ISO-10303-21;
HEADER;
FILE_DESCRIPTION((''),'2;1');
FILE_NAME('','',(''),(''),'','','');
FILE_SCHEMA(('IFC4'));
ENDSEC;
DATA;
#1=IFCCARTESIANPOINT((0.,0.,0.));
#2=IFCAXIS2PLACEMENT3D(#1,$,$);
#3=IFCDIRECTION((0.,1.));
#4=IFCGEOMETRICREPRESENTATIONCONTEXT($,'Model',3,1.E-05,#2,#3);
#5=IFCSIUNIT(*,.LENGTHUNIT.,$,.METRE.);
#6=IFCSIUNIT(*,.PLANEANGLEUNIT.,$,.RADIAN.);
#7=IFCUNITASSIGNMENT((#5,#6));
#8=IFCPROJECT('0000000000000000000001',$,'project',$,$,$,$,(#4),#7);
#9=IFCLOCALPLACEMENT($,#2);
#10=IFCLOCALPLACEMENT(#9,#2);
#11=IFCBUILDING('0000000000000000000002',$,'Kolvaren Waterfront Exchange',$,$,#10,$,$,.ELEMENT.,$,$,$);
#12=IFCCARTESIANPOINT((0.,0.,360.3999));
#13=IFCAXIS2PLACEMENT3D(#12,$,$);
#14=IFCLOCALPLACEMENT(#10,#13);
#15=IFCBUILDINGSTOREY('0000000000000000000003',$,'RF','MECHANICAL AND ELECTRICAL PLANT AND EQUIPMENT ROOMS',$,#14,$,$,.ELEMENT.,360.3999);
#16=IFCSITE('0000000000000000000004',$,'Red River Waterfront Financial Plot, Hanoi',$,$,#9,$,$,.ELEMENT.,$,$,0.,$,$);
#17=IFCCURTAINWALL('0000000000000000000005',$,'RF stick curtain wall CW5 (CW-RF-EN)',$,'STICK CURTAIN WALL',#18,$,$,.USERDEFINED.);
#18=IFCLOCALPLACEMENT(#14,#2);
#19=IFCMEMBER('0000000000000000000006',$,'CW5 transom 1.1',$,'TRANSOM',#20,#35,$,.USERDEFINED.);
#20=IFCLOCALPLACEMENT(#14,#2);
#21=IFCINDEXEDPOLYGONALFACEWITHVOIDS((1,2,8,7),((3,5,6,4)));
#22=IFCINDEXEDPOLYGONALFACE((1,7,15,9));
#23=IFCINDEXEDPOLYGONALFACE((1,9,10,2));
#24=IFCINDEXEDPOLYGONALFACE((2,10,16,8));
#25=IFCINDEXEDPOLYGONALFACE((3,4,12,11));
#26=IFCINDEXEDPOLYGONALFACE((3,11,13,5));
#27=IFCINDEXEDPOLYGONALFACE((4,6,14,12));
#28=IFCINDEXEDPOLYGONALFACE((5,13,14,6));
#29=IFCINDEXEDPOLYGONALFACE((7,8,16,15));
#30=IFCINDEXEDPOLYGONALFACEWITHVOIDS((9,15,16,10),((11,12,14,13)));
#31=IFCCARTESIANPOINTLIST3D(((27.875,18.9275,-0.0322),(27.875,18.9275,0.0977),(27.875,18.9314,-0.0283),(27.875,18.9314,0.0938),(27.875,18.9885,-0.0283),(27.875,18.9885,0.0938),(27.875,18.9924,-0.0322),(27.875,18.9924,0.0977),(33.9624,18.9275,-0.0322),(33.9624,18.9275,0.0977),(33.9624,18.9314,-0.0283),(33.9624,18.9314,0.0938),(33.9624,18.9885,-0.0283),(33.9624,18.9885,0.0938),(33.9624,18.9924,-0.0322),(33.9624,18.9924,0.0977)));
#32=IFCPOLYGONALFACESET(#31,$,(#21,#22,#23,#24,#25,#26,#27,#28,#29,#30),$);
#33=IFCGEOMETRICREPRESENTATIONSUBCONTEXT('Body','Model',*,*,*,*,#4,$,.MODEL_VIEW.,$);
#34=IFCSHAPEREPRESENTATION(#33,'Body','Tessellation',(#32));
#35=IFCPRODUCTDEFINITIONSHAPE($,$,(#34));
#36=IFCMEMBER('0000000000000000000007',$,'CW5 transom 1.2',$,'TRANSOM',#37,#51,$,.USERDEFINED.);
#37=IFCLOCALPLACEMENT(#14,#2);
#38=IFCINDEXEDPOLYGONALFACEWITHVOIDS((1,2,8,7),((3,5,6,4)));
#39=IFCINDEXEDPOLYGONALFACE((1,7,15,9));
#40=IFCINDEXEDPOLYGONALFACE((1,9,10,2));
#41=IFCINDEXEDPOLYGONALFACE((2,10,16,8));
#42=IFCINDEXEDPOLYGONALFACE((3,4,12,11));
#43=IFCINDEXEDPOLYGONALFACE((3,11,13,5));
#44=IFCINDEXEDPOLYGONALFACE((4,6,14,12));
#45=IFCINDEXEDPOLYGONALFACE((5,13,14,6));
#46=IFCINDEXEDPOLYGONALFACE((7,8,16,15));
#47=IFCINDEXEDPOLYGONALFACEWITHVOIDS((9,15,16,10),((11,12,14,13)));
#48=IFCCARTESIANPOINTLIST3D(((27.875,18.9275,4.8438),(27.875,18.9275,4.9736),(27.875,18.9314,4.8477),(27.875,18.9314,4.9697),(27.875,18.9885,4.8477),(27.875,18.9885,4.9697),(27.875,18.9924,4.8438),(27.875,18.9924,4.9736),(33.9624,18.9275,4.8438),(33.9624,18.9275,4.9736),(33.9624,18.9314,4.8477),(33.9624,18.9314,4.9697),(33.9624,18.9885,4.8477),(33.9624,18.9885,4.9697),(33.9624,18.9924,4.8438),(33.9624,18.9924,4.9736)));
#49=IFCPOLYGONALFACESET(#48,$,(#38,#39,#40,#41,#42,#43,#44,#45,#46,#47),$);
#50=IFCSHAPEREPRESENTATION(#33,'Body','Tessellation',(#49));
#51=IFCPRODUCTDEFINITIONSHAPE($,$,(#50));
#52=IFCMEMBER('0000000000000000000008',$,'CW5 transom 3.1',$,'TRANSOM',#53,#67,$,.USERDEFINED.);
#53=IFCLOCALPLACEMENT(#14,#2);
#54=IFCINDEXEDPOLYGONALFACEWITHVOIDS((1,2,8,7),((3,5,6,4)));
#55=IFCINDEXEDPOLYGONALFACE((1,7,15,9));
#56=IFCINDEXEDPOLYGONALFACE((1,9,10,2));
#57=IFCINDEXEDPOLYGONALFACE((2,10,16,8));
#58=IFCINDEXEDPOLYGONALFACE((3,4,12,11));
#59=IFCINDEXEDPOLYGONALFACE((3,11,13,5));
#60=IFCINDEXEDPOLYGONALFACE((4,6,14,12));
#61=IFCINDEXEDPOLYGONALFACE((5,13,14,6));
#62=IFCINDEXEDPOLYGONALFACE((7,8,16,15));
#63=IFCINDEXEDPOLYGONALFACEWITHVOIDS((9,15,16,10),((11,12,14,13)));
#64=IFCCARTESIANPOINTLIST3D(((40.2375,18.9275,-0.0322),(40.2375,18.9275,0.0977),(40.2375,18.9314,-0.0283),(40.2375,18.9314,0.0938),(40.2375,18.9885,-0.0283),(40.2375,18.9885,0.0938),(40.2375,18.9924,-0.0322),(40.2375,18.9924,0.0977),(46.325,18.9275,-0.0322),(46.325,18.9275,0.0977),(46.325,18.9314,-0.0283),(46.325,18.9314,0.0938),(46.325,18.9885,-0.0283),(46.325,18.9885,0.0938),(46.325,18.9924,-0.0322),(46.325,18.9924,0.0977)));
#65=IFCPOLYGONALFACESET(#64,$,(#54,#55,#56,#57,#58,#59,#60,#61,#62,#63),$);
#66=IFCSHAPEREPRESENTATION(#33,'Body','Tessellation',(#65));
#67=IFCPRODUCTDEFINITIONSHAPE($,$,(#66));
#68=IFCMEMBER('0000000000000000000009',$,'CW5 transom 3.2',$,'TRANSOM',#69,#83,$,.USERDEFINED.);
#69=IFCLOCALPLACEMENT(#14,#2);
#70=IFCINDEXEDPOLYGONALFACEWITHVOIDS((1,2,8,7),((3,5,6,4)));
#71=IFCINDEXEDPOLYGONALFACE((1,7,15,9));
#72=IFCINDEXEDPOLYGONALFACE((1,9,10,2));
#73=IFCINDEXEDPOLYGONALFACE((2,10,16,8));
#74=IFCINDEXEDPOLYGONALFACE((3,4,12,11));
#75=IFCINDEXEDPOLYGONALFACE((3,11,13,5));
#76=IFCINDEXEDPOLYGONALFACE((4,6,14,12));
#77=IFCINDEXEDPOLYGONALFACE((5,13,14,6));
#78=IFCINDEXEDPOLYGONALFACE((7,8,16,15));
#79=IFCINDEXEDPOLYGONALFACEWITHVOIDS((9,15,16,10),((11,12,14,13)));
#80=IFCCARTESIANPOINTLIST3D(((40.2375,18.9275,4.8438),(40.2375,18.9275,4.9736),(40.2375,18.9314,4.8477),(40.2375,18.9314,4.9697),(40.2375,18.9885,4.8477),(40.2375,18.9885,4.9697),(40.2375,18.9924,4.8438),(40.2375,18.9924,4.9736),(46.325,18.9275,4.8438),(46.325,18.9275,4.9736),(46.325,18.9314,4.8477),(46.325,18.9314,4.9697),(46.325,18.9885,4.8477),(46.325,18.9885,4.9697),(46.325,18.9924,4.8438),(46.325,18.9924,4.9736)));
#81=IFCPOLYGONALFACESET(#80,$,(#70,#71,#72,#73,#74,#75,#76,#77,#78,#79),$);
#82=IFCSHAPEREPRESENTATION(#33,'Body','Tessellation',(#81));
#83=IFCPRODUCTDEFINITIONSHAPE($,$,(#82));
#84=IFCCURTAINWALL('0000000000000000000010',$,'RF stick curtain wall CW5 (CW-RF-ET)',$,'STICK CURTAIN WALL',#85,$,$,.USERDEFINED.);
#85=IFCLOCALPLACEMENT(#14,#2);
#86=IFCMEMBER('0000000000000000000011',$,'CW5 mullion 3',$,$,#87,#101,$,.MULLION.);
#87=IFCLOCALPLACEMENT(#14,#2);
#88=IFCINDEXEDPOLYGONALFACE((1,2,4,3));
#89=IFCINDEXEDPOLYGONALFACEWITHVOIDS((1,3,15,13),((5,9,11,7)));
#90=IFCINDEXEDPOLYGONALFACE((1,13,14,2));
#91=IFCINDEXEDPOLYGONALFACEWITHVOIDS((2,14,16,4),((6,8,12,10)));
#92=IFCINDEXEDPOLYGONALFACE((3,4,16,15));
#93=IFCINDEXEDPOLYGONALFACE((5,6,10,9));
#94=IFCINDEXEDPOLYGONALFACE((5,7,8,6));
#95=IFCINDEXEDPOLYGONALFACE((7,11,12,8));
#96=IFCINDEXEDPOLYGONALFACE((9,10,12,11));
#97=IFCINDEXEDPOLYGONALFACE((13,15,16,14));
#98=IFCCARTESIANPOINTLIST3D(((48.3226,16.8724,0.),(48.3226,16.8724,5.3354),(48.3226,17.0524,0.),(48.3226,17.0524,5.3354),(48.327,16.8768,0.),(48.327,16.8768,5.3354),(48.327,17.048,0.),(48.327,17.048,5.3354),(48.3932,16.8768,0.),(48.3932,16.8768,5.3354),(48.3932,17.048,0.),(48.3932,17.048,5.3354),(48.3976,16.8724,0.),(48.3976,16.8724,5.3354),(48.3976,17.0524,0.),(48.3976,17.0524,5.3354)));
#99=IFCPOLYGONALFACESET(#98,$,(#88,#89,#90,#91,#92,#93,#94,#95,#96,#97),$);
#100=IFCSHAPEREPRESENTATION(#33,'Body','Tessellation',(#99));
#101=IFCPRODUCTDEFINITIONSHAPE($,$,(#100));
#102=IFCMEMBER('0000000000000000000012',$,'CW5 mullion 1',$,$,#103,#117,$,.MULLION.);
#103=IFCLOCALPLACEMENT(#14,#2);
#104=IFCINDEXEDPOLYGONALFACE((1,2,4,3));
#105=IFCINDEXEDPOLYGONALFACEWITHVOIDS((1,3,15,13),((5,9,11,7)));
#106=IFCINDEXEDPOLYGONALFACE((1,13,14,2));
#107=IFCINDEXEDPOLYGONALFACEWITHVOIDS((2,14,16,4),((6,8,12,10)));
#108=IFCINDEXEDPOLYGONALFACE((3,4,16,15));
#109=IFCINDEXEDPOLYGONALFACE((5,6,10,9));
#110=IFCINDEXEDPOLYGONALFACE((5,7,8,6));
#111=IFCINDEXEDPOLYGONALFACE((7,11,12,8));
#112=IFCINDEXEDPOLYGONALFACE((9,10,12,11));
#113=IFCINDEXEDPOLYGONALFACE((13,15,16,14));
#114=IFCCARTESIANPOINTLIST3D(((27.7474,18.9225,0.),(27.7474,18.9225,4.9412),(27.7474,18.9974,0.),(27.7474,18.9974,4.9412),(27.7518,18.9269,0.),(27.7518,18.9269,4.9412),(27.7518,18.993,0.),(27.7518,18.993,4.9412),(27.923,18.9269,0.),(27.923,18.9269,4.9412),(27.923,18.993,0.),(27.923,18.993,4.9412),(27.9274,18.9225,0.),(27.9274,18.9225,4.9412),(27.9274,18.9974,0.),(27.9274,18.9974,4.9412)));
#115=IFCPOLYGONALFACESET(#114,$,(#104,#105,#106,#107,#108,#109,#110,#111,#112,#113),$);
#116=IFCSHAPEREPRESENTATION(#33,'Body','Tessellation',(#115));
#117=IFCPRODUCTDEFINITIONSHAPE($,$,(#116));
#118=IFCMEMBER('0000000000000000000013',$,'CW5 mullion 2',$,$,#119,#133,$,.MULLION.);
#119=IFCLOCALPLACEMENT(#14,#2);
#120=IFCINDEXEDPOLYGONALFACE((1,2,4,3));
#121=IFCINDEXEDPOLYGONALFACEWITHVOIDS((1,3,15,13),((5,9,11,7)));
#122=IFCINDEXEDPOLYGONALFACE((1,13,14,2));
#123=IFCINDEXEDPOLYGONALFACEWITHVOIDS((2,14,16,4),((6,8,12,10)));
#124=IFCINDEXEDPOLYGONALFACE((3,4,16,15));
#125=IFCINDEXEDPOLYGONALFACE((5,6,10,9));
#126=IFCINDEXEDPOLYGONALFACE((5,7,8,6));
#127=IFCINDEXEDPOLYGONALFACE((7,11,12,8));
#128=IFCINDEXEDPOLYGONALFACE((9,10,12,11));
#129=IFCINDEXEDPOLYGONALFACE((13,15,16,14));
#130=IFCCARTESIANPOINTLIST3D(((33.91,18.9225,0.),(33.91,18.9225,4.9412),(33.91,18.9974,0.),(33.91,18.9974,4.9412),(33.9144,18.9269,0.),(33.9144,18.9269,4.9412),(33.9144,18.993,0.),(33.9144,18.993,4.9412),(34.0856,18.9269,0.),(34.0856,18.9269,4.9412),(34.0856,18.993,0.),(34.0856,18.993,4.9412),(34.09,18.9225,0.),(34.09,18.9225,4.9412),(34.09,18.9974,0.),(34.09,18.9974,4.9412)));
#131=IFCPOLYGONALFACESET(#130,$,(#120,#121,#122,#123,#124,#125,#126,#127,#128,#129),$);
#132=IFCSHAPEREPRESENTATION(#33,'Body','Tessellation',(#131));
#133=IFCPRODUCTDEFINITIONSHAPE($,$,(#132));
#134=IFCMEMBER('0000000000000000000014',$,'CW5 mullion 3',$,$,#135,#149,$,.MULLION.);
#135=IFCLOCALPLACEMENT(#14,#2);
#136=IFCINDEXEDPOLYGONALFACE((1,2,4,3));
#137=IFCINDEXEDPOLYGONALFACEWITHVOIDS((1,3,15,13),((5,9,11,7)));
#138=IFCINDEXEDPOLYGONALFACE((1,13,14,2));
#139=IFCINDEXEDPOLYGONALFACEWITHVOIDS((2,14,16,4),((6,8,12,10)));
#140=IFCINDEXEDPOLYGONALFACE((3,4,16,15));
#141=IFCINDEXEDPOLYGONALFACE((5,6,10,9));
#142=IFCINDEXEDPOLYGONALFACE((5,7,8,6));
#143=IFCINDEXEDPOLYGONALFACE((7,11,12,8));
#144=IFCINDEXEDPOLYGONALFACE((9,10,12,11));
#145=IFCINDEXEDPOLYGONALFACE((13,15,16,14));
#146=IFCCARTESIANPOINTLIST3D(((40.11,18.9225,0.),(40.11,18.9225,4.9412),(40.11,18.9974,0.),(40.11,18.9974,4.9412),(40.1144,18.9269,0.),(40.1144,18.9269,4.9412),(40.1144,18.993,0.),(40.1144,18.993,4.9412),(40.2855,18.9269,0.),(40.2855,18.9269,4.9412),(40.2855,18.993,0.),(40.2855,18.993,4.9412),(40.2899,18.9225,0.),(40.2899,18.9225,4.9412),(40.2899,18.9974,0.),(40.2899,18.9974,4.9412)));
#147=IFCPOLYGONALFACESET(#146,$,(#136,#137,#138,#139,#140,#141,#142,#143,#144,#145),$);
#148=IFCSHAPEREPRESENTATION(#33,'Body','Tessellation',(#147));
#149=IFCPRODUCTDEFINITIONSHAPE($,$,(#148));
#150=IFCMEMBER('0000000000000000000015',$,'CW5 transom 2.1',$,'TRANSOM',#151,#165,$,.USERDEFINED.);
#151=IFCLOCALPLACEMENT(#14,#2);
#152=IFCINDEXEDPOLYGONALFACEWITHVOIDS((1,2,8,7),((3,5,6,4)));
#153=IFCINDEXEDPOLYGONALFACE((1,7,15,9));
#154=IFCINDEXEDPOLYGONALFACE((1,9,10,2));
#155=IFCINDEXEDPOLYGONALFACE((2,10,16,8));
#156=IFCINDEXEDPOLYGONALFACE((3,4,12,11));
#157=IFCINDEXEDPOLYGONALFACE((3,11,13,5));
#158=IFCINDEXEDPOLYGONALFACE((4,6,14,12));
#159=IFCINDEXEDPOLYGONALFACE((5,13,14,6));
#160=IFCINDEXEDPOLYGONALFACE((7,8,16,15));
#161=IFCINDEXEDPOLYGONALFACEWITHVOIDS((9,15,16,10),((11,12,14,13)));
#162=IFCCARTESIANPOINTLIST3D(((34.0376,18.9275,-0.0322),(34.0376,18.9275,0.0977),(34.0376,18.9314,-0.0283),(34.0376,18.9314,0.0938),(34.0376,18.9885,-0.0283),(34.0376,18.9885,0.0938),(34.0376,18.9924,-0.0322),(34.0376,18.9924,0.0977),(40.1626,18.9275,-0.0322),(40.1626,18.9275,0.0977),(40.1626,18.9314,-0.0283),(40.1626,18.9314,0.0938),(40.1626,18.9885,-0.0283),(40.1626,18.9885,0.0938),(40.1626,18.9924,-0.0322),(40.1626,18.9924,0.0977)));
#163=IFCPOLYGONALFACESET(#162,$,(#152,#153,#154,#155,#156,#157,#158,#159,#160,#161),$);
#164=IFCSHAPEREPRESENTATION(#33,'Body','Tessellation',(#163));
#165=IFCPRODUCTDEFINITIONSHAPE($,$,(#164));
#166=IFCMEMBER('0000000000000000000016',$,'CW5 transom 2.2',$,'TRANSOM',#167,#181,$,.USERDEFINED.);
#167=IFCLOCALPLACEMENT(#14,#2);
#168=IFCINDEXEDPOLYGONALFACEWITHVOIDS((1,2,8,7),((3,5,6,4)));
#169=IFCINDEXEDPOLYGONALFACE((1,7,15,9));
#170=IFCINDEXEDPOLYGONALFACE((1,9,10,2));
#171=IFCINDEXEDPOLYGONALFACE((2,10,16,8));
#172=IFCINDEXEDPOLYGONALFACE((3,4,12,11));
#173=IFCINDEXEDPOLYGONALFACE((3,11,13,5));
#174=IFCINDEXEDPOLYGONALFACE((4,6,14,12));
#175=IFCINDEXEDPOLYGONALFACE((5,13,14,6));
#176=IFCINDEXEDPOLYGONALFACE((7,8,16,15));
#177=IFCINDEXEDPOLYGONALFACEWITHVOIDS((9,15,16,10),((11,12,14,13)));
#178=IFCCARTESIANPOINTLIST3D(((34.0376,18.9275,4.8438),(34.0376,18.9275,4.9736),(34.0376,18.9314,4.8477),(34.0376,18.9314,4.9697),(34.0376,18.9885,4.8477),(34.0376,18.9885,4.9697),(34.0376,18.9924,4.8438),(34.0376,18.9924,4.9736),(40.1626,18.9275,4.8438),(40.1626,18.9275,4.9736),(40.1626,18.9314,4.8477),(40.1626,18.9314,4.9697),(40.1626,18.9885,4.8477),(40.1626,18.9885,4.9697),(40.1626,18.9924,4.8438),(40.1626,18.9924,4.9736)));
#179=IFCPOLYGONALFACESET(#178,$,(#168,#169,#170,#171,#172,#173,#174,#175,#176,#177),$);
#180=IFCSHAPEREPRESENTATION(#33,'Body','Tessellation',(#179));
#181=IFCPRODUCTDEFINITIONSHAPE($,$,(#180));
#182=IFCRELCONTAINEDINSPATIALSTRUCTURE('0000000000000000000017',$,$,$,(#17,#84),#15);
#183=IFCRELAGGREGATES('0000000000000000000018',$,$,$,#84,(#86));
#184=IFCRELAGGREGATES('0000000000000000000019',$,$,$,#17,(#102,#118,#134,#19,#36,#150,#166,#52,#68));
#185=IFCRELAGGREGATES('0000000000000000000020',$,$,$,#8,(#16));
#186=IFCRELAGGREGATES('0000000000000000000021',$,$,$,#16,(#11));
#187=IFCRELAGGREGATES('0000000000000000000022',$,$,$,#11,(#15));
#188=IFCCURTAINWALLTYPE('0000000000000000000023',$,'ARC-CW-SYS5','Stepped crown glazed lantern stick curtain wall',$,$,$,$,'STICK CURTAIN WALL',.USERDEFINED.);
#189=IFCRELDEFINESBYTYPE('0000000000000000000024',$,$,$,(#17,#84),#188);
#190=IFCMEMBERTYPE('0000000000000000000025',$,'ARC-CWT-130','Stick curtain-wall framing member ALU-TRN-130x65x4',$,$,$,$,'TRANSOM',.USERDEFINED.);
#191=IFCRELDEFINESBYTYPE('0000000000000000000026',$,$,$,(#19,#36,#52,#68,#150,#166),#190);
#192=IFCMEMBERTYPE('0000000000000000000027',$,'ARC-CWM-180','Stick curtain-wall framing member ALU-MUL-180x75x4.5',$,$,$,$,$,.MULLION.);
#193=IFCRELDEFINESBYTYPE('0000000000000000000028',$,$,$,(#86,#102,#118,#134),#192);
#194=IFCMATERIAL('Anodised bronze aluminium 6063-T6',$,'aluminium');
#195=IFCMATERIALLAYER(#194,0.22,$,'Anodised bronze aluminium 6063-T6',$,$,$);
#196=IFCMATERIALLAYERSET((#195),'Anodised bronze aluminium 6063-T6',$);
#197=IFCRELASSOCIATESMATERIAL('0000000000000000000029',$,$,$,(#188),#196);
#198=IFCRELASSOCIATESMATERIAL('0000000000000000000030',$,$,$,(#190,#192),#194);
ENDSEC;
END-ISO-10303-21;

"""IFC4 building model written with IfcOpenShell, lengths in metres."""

from ifc_helpers import new_model, si_unit, direction, frame, origin, origin_with_axes, origin_2d, place, context, subcontext, project, spatial, hollow_rectangle, extrude, source, transform, mapped, material, layer, layer_set, material_profile, profile_set, type_object, element, aggregate, save


model = new_model("IFC4")

# Units and contexts
model_context = context("Model", 3, precision=1e-05, world=origin(), true_north=direction((0.0, 1.0)))
body_context = subcontext(model_context, "Body", "Model", "MODEL_VIEW")
ifc_project = project(units=[si_unit("LENGTHUNIT", "METRE"), si_unit("PLANEANGLEUNIT", "RADIAN")], contexts=[model_context])

# Site, building, storey
site_placement = place(None, origin())
site = spatial("IfcSite", under=ifc_project, at=site_placement, Name="Red River Waterfront Financial Plot, Hanoi", CompositionType="ELEMENT", RefElevation=0.0)
building_placement = place(site_placement, origin())
building = spatial("IfcBuilding", under=site, at=building_placement, Name="Kolvaren Waterfront Exchange", CompositionType="ELEMENT")
storey_placement = place(building_placement, frame((0.0, 0.0, 360.3999)))
storey = spatial("IfcBuildingStorey", under=building, at=storey_placement, Name="RF", Description="MECHANICAL AND ELECTRICAL PLANT AND EQUIPMENT ROOMS", CompositionType="ELEMENT", Elevation=360.3999)

# Curtain wall, members
ifc_material_1 = material(Name="Anodised bronze aluminium 6063-T6", Category="aluminium")
ifc_layer_1 = layer(ifc_material_1, 0.22, Name="Anodised bronze aluminium 6063-T6")
ifc_layer_set_1 = layer_set([ifc_layer_1], Name="Anodised bronze aluminium 6063-T6")
curtain_wall_type = type_object("IfcCurtainWallType", Name="ARC-CW-SYS5", Description="Stepped crown glazed lantern stick curtain wall", ElementType="STICK CURTAIN WALL", PredefinedType="USERDEFINED", material=ifc_layer_set_1)
curtain_wall_1_placement = place(storey_placement, origin())
curtain_wall_1 = element("IfcCurtainWall", 1, at=curtain_wall_1_placement, inside=storey, type_object=curtain_wall_type, Name="RF stick curtain wall CW5 (CW-RF-EN)", ObjectType="STICK CURTAIN WALL", PredefinedType="USERDEFINED")
ifc_material_profile_1 = material_profile(ifc_material_1, hollow_rectangle(XDim=0.0649, YDim=0.1299, WallThickness=0.0039, at=origin_2d()), Name="ALU-TRN-130x65x4")
ifc_profile_set_1 = profile_set([ifc_material_profile_1], Name="Anodised bronze aluminium 6063-T6")
member_type_1 = type_object("IfcMemberType", Name="ARC-CWT-130", Description="Stick curtain-wall framing member ALU-TRN-130x65x4", ElementType="TRANSOM", PredefinedType="USERDEFINED", material=ifc_profile_set_1)
shared_shape_1 = source(origin_with_axes(), body_context, "Body", "SweptSolid", [
    extrude(hollow_rectangle(XDim=0.0649, YDim=0.1299, WallThickness=0.0039, at=origin_2d()), origin(), (0.0, 0.0, 1.0), 6.0874),
])
member_1_placement = place(storey_placement, frame((27.875, 18.96, 0.0327), z_axis=(1.0, 0.0, 0.0), x_axis=(0.0, 1.0, 0.0)))
member_1 = element("IfcMember", 2, at=member_1_placement, type_object=member_type_1, Name="CW5 transom 1.1", ObjectType="TRANSOM", PredefinedType="USERDEFINED", context=body_context, shape_type="MappedRepresentation", body=[
    mapped(shared_shape_1, transform((0.0, 0.0, 0.0), x_axis=(1.0, 0.0, 0.0), y_axis=(0.0, 1.0, 0.0), z_axis=(0.0, 0.0, 1.0), scale=1.0)),
])
member_2_placement = place(storey_placement, frame((27.875, 18.96, 4.9087), z_axis=(1.0, 0.0, 0.0), x_axis=(0.0, 1.0, 0.0)))
member_2 = element("IfcMember", 3, at=member_2_placement, type_object=member_type_1, Name="CW5 transom 1.2", ObjectType="TRANSOM", PredefinedType="USERDEFINED", context=body_context, shape_type="MappedRepresentation", body=[
    mapped(shared_shape_1, transform((0.0, 0.0, 0.0), x_axis=(1.0, 0.0, 0.0), y_axis=(0.0, 1.0, 0.0), z_axis=(0.0, 0.0, 1.0), scale=1.0)),
])
member_3_placement = place(storey_placement, frame((40.2375, 18.96, 0.0327), z_axis=(1.0, 0.0, 0.0), x_axis=(0.0, 1.0, 0.0)))
member_3 = element("IfcMember", 4, at=member_3_placement, type_object=member_type_1, Name="CW5 transom 3.1", ObjectType="TRANSOM", PredefinedType="USERDEFINED", context=body_context, shape_type="MappedRepresentation", body=[
    mapped(shared_shape_1, transform((0.0, 0.0, 0.0), x_axis=(1.0, 0.0, 0.0), y_axis=(0.0, 1.0, 0.0), z_axis=(0.0, 0.0, 1.0), scale=1.0)),
])
member_4_placement = place(storey_placement, frame((40.2375, 18.96, 4.9087), z_axis=(1.0, 0.0, 0.0), x_axis=(0.0, 1.0, 0.0)))
member_4 = element("IfcMember", 5, at=member_4_placement, type_object=member_type_1, Name="CW5 transom 3.2", ObjectType="TRANSOM", PredefinedType="USERDEFINED", context=body_context, shape_type="MappedRepresentation", body=[
    mapped(shared_shape_1, transform((0.0, 0.0, 0.0), x_axis=(1.0, 0.0, 0.0), y_axis=(0.0, 1.0, 0.0), z_axis=(0.0, 0.0, 1.0), scale=1.0)),
])

# Curtain wall, member
curtain_wall_2_placement = place(storey_placement, origin())
curtain_wall_2 = element("IfcCurtainWall", 6, at=curtain_wall_2_placement, inside=storey, type_object=curtain_wall_type, Name="RF stick curtain wall CW5 (CW-RF-ET)", ObjectType="STICK CURTAIN WALL", PredefinedType="USERDEFINED")
ifc_material_profile_2 = material_profile(ifc_material_1, hollow_rectangle(XDim=0.075, YDim=0.1799, WallThickness=0.0044, at=origin_2d()), Name="ALU-MUL-180x75x4.5")
ifc_profile_set_2 = profile_set([ifc_material_profile_2], Name="Anodised bronze aluminium 6063-T6")
member_type_2 = type_object("IfcMemberType", Name="ARC-CWM-180", Description="Stick curtain-wall framing member ALU-MUL-180x75x4.5", PredefinedType="MULLION", material=ifc_profile_set_2)
shared_shape_2 = source(origin_with_axes(), body_context, "Body", "SweptSolid", [
    extrude(hollow_rectangle(XDim=0.075, YDim=0.1799, WallThickness=0.0044, at=origin_2d()), origin(), (0.0, 0.0, 1.0), 5.3354),
])
member_5_placement = place(storey_placement, frame((48.3601, 16.9624, 0.0), z_axis=(0.0, 0.0, 1.0), x_axis=(-1.0, 0.0, 0.0)))
member_5 = element("IfcMember", 7, at=member_5_placement, type_object=member_type_2, Name="CW5 mullion 3", PredefinedType="MULLION", context=body_context, shape_type="MappedRepresentation", body=[
    mapped(shared_shape_2, transform((0.0, 0.0, 0.0), x_axis=(1.0, 0.0, 0.0), y_axis=(0.0, 1.0, 0.0), z_axis=(0.0, 0.0, 1.0), scale=1.0)),
])
aggregate(curtain_wall_2, [member_5])

# Members
shared_shape_3 = source(origin_with_axes(), body_context, "Body", "SweptSolid", [
    extrude(hollow_rectangle(XDim=0.075, YDim=0.1799, WallThickness=0.0044, at=origin_2d()), origin(), (0.0, 0.0, 1.0), 4.9412),
])
member_6_placement = place(storey_placement, frame((27.8374, 18.96, 0.0), z_axis=(0.0, 0.0, 1.0), x_axis=(0.0, 1.0, 0.0)))
member_6 = element("IfcMember", 8, at=member_6_placement, type_object=member_type_2, Name="CW5 mullion 1", PredefinedType="MULLION", context=body_context, shape_type="MappedRepresentation", body=[
    mapped(shared_shape_3, transform((0.0, 0.0, 0.0), x_axis=(1.0, 0.0, 0.0), y_axis=(0.0, 1.0, 0.0), z_axis=(0.0, 0.0, 1.0), scale=1.0)),
])
member_7_placement = place(storey_placement, frame((34.0, 18.96, 0.0), z_axis=(0.0, 0.0, 1.0), x_axis=(0.0, 1.0, 0.0)))
member_7 = element("IfcMember", 9, at=member_7_placement, type_object=member_type_2, Name="CW5 mullion 2", PredefinedType="MULLION", context=body_context, shape_type="MappedRepresentation", body=[
    mapped(shared_shape_3, transform((0.0, 0.0, 0.0), x_axis=(1.0, 0.0, 0.0), y_axis=(0.0, 1.0, 0.0), z_axis=(0.0, 0.0, 1.0), scale=1.0)),
])
member_8_placement = place(storey_placement, frame((40.2, 18.96, 0.0), z_axis=(0.0, 0.0, 1.0), x_axis=(0.0, 1.0, 0.0)))
member_8 = element("IfcMember", 10, at=member_8_placement, type_object=member_type_2, Name="CW5 mullion 3", PredefinedType="MULLION", context=body_context, shape_type="MappedRepresentation", body=[
    mapped(shared_shape_3, transform((0.0, 0.0, 0.0), x_axis=(1.0, 0.0, 0.0), y_axis=(0.0, 1.0, 0.0), z_axis=(0.0, 0.0, 1.0), scale=1.0)),
])
shared_shape_4 = source(origin_with_axes(), body_context, "Body", "SweptSolid", [
    extrude(hollow_rectangle(XDim=0.0649, YDim=0.1299, WallThickness=0.0039, at=origin_2d()), origin(), (0.0, 0.0, 1.0), 6.125),
])
member_9_placement = place(storey_placement, frame((34.0376, 18.96, 0.0327), z_axis=(1.0, 0.0, 0.0), x_axis=(0.0, 1.0, 0.0)))
member_9 = element("IfcMember", 11, at=member_9_placement, type_object=member_type_1, Name="CW5 transom 2.1", ObjectType="TRANSOM", PredefinedType="USERDEFINED", context=body_context, shape_type="MappedRepresentation", body=[
    mapped(shared_shape_4, transform((0.0, 0.0, 0.0), x_axis=(1.0, 0.0, 0.0), y_axis=(0.0, 1.0, 0.0), z_axis=(0.0, 0.0, 1.0), scale=1.0)),
])
member_10_placement = place(storey_placement, frame((34.0376, 18.96, 4.9087), z_axis=(1.0, 0.0, 0.0), x_axis=(0.0, 1.0, 0.0)))
member_10 = element("IfcMember", 12, at=member_10_placement, type_object=member_type_1, Name="CW5 transom 2.2", ObjectType="TRANSOM", PredefinedType="USERDEFINED", context=body_context, shape_type="MappedRepresentation", body=[
    mapped(shared_shape_4, transform((0.0, 0.0, 0.0), x_axis=(1.0, 0.0, 0.0), y_axis=(0.0, 1.0, 0.0), z_axis=(0.0, 0.0, 1.0), scale=1.0)),
])

aggregate(curtain_wall_1, [member_6, member_7, member_8, member_1, member_2, member_9, member_10, member_3, member_4])

save(model, "model.ifc")
